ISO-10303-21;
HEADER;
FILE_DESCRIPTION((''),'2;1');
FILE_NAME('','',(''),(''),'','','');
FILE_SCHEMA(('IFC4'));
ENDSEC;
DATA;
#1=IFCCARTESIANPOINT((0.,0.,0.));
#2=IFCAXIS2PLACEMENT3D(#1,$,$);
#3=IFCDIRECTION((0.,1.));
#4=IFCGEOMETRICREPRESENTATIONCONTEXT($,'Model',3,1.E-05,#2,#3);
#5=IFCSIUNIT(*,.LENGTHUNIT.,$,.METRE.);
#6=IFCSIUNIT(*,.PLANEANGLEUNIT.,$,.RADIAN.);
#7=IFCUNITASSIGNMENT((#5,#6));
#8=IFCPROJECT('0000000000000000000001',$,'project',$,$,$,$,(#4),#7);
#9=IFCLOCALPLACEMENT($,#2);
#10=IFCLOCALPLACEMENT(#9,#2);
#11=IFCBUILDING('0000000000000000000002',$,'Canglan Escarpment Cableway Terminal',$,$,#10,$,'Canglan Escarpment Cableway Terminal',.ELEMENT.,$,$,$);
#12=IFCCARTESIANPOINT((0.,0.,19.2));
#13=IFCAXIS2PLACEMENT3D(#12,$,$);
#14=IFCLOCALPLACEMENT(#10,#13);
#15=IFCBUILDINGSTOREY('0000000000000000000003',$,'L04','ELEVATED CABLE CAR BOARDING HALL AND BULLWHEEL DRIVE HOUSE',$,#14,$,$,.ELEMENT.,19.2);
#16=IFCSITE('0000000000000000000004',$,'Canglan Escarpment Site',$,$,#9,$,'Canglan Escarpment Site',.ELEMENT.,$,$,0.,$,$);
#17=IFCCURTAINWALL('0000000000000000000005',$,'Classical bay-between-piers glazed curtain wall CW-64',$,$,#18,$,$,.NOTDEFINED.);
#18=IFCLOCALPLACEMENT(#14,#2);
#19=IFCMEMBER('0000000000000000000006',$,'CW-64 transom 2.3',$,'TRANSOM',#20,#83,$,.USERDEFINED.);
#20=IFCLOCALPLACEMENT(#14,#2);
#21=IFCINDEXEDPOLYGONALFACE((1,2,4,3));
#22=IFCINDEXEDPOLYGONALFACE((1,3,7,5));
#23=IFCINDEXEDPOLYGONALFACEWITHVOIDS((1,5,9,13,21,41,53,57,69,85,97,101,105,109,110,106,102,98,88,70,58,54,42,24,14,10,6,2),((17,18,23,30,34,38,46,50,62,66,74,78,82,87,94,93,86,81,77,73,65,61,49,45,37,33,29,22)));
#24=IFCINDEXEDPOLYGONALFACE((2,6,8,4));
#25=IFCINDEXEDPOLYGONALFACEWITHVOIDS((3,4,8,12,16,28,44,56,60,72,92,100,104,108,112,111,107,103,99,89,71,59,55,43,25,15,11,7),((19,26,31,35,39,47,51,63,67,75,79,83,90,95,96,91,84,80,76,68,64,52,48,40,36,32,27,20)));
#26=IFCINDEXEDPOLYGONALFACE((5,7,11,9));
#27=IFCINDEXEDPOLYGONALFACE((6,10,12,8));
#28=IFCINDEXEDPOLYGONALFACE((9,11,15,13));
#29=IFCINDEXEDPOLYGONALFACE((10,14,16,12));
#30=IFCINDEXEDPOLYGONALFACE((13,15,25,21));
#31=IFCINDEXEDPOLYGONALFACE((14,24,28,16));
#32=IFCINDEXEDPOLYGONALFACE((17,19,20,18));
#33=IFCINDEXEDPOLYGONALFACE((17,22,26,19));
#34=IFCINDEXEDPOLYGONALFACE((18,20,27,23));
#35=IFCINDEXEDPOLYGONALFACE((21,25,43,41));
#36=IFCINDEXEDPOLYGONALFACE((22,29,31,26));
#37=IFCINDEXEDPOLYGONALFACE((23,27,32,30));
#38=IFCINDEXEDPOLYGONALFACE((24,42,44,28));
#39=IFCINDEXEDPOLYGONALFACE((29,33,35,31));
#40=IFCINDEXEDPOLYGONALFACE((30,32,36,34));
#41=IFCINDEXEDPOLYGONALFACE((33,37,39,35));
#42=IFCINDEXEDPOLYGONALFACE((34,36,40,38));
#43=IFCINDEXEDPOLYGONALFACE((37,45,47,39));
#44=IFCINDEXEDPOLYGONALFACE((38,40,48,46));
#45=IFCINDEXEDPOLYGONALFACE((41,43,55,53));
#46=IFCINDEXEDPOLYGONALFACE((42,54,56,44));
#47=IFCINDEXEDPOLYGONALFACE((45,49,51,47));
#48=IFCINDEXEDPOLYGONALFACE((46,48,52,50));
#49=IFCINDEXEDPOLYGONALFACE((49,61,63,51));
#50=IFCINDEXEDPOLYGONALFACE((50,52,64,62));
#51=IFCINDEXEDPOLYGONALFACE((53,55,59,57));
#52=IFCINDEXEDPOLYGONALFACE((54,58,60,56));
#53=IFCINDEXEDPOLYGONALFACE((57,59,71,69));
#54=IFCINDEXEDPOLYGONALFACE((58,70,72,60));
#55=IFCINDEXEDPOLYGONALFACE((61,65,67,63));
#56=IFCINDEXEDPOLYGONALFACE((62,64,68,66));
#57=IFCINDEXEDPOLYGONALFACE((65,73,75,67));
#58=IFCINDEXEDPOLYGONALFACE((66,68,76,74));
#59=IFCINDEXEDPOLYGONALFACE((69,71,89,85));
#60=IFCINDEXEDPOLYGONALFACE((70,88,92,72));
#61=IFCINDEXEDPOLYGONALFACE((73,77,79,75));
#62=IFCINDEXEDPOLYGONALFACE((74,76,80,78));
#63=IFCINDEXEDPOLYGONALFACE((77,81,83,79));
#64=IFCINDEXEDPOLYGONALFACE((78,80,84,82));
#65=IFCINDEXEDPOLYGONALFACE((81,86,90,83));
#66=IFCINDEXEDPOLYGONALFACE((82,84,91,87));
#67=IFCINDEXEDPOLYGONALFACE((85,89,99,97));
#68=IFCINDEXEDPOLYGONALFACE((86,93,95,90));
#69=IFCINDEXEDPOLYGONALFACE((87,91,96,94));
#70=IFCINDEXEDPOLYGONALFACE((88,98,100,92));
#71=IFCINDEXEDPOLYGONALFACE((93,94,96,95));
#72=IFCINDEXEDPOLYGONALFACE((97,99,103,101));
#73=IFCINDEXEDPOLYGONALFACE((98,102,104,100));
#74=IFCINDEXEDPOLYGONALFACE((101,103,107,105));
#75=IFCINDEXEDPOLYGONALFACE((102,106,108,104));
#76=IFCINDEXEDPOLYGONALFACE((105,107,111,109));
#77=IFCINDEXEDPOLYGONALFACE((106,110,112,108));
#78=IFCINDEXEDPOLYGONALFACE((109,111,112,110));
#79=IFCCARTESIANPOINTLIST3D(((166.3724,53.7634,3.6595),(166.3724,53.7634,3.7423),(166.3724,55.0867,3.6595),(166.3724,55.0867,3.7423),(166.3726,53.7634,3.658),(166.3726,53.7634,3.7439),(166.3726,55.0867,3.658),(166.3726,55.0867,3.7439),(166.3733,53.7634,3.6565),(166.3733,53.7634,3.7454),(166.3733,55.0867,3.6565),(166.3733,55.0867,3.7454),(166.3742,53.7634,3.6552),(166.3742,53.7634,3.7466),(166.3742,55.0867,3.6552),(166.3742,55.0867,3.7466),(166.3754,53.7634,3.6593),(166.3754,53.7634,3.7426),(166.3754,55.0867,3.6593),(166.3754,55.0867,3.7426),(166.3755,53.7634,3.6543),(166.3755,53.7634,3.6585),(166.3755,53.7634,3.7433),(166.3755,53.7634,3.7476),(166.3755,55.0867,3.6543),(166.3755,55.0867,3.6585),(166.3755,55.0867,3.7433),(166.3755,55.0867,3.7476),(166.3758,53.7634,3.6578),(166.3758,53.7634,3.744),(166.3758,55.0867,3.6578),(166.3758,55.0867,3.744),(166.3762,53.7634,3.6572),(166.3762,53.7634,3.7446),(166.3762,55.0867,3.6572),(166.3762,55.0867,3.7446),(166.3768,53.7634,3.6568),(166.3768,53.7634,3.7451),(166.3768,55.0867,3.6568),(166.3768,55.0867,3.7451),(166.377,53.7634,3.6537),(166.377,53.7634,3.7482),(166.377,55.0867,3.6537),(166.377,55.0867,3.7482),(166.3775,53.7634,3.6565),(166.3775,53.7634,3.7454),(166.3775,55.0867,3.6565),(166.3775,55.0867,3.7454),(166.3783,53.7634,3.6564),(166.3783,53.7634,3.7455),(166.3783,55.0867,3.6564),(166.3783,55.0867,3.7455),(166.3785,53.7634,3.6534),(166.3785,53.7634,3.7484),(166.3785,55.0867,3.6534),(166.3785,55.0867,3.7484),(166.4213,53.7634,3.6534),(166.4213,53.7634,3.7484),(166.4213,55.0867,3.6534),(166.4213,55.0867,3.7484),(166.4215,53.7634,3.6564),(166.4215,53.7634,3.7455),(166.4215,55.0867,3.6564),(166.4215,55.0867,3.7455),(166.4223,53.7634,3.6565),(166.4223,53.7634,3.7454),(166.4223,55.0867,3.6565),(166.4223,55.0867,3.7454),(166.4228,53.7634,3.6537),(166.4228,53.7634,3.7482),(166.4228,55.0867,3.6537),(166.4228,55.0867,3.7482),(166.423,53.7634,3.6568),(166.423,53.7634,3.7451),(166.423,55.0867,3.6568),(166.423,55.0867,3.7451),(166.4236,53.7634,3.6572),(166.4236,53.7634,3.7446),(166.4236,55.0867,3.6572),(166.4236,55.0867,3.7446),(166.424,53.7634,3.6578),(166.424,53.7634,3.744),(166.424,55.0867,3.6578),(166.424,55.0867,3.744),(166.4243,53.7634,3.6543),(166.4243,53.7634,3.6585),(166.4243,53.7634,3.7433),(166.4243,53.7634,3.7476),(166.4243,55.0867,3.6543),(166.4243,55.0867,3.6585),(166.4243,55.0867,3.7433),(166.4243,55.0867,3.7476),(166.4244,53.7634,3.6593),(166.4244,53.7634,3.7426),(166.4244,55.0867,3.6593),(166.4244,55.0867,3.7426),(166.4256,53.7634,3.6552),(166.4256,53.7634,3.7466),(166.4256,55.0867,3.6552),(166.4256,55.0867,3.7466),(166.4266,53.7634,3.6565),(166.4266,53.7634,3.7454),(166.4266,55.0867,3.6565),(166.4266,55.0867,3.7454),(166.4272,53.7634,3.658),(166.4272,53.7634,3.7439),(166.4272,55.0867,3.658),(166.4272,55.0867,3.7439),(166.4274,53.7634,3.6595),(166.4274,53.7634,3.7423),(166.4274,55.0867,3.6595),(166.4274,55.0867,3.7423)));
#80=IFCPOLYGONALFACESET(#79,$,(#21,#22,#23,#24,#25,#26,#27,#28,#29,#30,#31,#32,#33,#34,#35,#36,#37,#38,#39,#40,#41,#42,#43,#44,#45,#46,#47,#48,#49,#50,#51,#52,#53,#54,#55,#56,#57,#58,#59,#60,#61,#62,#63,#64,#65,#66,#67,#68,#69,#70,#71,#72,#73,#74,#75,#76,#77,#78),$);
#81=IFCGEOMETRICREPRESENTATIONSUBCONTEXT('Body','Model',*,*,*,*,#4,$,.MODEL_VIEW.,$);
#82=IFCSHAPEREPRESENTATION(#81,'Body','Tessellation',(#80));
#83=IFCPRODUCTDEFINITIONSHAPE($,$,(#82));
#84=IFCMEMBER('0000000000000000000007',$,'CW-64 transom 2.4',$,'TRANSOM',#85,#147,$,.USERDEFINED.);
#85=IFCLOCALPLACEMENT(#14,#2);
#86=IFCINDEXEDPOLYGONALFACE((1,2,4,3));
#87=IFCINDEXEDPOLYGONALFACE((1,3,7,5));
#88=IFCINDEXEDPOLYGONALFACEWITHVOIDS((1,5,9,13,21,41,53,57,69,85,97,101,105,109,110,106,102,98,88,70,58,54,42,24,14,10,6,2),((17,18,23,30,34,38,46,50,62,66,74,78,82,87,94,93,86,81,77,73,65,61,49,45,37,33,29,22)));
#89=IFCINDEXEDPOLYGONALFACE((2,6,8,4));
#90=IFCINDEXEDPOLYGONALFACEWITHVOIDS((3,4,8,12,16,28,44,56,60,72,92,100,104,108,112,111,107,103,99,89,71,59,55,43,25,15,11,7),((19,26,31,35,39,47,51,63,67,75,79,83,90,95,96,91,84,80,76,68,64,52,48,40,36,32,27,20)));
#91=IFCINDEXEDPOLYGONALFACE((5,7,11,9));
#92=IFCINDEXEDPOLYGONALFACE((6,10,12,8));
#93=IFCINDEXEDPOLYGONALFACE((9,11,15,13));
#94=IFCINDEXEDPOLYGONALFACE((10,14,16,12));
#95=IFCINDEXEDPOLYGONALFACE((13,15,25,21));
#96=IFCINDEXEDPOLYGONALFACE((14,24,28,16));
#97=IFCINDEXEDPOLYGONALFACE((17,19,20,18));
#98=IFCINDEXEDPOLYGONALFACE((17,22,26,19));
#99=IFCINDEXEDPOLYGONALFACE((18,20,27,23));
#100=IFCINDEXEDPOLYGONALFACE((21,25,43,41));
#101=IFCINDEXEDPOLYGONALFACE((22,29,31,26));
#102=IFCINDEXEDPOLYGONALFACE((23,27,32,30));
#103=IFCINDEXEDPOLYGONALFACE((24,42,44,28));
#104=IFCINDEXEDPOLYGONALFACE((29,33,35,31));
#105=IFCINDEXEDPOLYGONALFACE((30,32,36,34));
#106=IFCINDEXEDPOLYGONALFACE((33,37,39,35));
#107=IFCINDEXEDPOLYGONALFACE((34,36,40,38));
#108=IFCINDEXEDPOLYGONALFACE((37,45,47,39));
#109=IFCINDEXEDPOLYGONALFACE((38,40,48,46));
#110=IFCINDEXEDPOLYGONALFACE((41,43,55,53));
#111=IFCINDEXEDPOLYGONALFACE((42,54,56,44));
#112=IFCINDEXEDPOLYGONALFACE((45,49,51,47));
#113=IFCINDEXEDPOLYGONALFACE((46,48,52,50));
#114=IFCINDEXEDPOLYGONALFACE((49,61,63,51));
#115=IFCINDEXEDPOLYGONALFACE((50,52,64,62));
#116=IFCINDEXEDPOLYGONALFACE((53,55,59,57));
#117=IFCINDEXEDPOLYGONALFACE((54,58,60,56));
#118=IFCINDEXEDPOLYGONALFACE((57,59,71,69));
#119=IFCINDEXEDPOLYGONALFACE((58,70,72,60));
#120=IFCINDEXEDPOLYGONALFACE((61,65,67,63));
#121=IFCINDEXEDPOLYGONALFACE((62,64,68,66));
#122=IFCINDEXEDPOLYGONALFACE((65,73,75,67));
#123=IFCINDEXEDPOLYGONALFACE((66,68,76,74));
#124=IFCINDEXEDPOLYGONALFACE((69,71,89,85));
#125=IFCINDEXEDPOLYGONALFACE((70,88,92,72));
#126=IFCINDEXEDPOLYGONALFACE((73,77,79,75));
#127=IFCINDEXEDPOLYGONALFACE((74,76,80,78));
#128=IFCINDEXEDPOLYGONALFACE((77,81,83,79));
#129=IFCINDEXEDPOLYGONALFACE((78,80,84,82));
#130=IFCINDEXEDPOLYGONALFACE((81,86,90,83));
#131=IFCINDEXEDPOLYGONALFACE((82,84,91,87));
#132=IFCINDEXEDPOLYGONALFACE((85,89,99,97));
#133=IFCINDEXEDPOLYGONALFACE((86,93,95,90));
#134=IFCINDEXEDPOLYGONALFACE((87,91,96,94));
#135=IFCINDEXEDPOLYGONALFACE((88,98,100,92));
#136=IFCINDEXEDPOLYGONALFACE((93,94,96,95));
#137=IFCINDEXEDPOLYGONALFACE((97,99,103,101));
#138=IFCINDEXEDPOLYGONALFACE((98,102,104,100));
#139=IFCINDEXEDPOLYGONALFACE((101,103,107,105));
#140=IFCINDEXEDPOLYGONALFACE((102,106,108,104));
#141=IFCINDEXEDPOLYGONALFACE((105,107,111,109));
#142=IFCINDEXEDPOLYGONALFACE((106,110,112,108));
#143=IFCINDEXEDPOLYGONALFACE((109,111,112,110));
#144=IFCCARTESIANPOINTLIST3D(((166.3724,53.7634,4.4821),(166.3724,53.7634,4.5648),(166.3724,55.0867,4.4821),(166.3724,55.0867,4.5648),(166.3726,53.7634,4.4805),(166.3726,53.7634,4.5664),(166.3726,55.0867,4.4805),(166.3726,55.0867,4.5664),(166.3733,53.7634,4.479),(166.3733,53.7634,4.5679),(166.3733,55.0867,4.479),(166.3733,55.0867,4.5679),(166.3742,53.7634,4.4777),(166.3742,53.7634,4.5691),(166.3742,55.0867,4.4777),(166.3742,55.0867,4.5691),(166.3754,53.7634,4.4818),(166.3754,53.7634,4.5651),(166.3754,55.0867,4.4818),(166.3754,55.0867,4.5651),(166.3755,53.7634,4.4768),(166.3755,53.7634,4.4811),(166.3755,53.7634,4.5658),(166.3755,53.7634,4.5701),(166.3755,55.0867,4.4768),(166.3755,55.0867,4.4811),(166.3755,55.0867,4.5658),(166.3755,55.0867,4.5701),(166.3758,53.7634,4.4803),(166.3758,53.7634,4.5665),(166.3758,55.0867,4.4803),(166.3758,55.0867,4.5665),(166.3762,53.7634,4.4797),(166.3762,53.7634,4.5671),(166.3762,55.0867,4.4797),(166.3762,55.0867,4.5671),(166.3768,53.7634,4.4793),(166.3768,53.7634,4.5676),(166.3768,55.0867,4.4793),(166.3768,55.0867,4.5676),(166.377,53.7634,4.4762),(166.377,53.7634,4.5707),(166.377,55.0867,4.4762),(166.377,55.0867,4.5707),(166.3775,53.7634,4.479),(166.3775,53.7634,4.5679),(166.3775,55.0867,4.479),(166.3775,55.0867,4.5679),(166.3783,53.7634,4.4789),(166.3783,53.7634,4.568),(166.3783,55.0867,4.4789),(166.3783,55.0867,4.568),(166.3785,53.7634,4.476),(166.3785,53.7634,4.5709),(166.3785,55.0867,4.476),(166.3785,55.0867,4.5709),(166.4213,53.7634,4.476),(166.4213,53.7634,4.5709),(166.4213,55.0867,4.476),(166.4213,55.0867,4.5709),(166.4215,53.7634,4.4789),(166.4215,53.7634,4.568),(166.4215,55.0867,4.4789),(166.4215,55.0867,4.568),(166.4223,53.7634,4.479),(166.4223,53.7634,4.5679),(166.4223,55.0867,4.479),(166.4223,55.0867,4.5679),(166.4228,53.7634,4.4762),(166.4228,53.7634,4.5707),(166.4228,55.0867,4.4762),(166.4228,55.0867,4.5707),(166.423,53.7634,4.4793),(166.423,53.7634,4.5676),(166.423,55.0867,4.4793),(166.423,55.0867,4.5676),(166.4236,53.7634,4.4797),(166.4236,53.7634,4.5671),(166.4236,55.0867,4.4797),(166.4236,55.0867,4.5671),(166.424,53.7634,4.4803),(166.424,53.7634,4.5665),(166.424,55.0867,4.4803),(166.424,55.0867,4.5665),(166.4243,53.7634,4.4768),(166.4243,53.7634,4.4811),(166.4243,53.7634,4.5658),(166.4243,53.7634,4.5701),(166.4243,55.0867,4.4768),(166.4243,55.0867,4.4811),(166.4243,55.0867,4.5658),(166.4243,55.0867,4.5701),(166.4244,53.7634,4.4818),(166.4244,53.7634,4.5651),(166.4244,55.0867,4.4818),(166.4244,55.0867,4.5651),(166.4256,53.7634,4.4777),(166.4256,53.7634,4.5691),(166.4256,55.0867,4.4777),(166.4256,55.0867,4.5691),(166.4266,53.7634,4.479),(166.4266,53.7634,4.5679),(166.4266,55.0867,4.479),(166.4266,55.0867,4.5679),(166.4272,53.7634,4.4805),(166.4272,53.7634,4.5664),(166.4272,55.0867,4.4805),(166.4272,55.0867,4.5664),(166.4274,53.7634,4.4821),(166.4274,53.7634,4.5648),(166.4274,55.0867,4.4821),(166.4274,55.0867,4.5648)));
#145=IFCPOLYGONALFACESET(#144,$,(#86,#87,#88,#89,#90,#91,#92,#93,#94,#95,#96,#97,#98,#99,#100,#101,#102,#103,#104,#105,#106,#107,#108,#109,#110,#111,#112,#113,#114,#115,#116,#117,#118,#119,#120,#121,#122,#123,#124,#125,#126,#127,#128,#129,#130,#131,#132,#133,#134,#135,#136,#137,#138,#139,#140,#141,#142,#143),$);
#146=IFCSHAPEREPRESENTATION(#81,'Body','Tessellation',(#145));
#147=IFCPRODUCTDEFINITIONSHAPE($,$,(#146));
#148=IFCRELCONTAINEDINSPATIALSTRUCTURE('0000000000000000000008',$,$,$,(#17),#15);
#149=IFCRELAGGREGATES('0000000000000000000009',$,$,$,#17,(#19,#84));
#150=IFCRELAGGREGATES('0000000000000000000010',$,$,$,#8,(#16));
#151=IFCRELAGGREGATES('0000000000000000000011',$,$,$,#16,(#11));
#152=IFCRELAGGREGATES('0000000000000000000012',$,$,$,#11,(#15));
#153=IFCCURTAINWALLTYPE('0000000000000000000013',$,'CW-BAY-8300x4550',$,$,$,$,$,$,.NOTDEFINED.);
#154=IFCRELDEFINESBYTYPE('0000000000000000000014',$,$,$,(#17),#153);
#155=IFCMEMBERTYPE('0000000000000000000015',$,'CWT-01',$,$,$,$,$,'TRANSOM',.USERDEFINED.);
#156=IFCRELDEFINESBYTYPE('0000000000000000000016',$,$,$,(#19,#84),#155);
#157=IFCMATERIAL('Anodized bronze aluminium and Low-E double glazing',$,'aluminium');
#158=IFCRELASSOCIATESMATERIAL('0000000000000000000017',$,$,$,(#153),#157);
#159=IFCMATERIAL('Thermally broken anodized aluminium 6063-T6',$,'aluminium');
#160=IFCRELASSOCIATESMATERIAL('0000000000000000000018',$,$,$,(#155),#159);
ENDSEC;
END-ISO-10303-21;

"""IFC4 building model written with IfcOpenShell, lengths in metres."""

from ifc_helpers import new_model, si_unit, direction, frame, origin, origin_2d, place, context, subcontext, project, spatial, hollow_rectangle, extrude, material, material_profile, profile_set, type_object, element, aggregate, save


model = new_model("IFC4")

# Units and contexts
model_context = context("Model", 3, precision=1e-05, world=origin(), true_north=direction((0.0, 1.0)))
body_context = subcontext(model_context, "Body", "Model", "MODEL_VIEW")
ifc_project = project(units=[si_unit("LENGTHUNIT", "METRE"), si_unit("PLANEANGLEUNIT", "RADIAN")], contexts=[model_context])

# Site, building, storey
site_placement = place(None, origin())
site = spatial("IfcSite", under=ifc_project, at=site_placement, Name="Canglan Escarpment Site", LongName="Canglan Escarpment Site", CompositionType="ELEMENT", RefElevation=0.0)
building_placement = place(site_placement, origin())
building = spatial("IfcBuilding", under=site, at=building_placement, Name="Canglan Escarpment Cableway Terminal", LongName="Canglan Escarpment Cableway Terminal", CompositionType="ELEMENT")
storey_placement = place(building_placement, frame((0.0, 0.0, 19.2)))
storey = spatial("IfcBuildingStorey", under=building, at=storey_placement, Name="L04", Description="ELEVATED CABLE CAR BOARDING HALL AND BULLWHEEL DRIVE HOUSE", CompositionType="ELEMENT", Elevation=19.2)

# Curtain wall, members
ifc_material_1 = material(Name="Anodized bronze aluminium and Low-E double glazing", Category="aluminium")
curtain_wall_type = type_object("IfcCurtainWallType", Name="CW-BAY-8300x4550", PredefinedType="NOTDEFINED", material=ifc_material_1)
curtain_wall_placement = place(storey_placement, origin())
curtain_wall = element("IfcCurtainWall", 1, at=curtain_wall_placement, inside=storey, type_object=curtain_wall_type, Name="Classical bay-between-piers glazed curtain wall CW-64", PredefinedType="NOTDEFINED")
ifc_material_2 = material(Name="Thermally broken anodized aluminium 6063-T6", Category="aluminium")
ifc_material_profile_1 = material_profile(ifc_material_2, hollow_rectangle(XDim=0.0549, YDim=0.095, WallThickness=0.0029, InnerFilletRadius=0.0029, OuterFilletRadius=0.0061, at=origin_2d()), Name="ALU-TRAN 55x95x3")
ifc_profile_set_1 = profile_set([ifc_material_profile_1], Name="Thermally broken anodized aluminium 6063-T6")
member_type_1 = type_object("IfcMemberType", Name="CWT-01", ElementType="TRANSOM", PredefinedType="USERDEFINED", material=ifc_profile_set_1)
member_1_placement = place(storey_placement, frame((166.3999, 53.7634, 3.7009), z_axis=(0.0, 1.0, 0.0), x_axis=(-1.0, 0.0, 0.0)))
member_1 = element("IfcMember", 2, at=member_1_placement, type_object=member_type_1, Name="CW-64 transom 2.3", ObjectType="TRANSOM", PredefinedType="USERDEFINED", context=body_context, shape_type="SweptSolid", body=[
    extrude(hollow_rectangle(XDim=0.0549, YDim=0.095, WallThickness=0.0029, InnerFilletRadius=0.0029, OuterFilletRadius=0.0061, at=origin_2d()), origin(), (0.0, 0.0, 1.0), 1.3232),
])
member_2_placement = place(storey_placement, frame((166.3999, 53.7634, 4.5234), z_axis=(0.0, 1.0, 0.0), x_axis=(-1.0, 0.0, 0.0)))
member_2 = element("IfcMember", 3, at=member_2_placement, type_object=member_type_1, Name="CW-64 transom 2.4", ObjectType="TRANSOM", PredefinedType="USERDEFINED", context=body_context, shape_type="SweptSolid", body=[
    extrude(hollow_rectangle(XDim=0.0549, YDim=0.095, WallThickness=0.0029, InnerFilletRadius=0.0029, OuterFilletRadius=0.0061, at=origin_2d()), origin(), (0.0, 0.0, 1.0), 1.3232),
])
aggregate(curtain_wall, [member_1, member_2])

save(model, "model.ifc")
